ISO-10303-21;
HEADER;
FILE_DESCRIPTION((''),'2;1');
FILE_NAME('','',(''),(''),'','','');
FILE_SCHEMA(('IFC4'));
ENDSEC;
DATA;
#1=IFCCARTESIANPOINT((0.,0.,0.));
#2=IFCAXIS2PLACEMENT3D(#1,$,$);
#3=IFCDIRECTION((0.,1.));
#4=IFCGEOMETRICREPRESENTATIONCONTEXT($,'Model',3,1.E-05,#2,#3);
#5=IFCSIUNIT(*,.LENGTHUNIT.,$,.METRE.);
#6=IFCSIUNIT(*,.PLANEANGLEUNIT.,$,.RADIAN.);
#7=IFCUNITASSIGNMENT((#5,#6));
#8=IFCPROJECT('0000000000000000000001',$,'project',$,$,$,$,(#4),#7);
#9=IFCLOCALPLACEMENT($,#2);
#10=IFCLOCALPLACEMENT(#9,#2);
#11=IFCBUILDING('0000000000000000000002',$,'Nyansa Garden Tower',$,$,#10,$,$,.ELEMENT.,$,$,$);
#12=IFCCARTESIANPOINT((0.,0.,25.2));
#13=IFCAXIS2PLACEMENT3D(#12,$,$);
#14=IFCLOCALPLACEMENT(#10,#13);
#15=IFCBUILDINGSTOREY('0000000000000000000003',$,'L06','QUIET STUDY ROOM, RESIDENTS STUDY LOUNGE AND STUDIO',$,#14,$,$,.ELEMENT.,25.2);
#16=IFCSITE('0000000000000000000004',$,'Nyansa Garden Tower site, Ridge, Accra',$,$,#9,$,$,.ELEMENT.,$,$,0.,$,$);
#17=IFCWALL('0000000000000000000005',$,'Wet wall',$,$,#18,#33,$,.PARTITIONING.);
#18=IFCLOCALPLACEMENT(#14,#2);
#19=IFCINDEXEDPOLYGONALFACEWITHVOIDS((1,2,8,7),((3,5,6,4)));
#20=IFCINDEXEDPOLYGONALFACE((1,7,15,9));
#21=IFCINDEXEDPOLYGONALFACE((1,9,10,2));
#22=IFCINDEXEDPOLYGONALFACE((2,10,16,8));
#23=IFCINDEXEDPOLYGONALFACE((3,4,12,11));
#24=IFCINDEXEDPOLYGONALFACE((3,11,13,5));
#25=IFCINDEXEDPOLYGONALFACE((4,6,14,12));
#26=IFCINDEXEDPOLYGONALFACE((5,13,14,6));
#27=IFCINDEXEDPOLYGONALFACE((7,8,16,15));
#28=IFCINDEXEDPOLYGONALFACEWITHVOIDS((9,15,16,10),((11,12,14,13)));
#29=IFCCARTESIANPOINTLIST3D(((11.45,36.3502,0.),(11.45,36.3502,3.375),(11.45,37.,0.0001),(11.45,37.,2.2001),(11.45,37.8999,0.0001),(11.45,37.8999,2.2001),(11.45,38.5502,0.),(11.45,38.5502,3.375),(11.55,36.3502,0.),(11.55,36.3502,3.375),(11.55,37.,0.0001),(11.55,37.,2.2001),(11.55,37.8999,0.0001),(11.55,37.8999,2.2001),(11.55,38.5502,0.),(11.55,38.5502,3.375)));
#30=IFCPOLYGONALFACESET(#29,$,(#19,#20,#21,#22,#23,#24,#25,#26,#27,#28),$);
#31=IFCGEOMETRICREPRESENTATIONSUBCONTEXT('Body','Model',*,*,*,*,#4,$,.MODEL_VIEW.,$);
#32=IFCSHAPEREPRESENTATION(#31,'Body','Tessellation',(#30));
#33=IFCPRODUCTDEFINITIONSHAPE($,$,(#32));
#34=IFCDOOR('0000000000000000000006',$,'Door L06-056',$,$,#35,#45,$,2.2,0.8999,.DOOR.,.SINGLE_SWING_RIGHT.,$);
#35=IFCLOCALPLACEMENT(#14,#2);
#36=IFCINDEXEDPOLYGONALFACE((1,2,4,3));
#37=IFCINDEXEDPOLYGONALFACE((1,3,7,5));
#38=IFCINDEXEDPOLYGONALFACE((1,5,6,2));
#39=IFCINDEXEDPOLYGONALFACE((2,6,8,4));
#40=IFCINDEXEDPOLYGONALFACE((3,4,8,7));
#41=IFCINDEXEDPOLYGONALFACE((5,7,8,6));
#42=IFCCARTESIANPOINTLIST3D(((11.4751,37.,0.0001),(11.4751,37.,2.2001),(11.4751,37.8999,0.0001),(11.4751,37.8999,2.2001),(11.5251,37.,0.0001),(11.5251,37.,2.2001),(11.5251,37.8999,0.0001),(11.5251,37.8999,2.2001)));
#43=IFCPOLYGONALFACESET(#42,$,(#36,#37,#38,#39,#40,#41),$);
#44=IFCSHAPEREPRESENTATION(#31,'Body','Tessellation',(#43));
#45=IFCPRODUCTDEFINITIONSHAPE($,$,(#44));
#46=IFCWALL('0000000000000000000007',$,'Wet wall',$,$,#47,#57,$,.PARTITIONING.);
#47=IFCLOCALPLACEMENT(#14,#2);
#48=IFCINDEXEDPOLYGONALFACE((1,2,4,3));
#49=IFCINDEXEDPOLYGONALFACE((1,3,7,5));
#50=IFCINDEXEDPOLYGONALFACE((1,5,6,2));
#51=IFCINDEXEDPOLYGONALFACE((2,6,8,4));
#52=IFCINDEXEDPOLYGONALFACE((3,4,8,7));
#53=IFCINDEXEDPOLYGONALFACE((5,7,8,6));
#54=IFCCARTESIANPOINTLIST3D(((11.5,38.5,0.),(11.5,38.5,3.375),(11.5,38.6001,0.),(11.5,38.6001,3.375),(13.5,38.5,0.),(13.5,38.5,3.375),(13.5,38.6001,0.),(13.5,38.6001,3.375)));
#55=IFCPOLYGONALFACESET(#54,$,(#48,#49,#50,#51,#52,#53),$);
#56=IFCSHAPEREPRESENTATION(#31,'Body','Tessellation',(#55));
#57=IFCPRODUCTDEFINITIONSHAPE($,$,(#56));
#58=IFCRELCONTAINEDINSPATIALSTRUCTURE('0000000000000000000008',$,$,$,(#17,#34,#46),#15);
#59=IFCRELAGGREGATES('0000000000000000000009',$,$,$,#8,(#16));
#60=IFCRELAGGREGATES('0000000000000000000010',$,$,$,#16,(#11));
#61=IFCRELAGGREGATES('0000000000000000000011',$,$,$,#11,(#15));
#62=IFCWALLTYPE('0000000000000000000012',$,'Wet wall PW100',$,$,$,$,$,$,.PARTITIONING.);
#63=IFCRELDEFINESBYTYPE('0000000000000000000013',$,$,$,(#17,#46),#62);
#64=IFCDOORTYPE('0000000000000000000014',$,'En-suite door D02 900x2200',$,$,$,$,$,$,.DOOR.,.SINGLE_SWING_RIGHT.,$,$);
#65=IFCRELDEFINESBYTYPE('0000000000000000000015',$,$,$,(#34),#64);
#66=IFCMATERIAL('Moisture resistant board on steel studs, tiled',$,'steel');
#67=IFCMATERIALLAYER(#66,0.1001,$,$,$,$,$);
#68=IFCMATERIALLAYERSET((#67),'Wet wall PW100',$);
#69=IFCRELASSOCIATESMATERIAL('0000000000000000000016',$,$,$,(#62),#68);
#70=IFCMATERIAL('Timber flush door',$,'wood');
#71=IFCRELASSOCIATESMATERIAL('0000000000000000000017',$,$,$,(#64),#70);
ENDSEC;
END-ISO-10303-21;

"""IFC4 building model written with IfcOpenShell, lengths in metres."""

from ifc_helpers import new_model, si_unit, direction, frame, frame_2d, origin, place, context, subcontext, project, spatial, rectangle, extrude, material, layer, layer_set, type_object, element, fill, save


model = new_model("IFC4")

# Units and contexts
model_context = context("Model", 3, precision=1e-05, world=origin(), true_north=direction((0.0, 1.0)))
body_context = subcontext(model_context, "Body", "Model", "MODEL_VIEW")
ifc_project = project(units=[si_unit("LENGTHUNIT", "METRE"), si_unit("PLANEANGLEUNIT", "RADIAN")], contexts=[model_context])

# Site, building, storey
site_placement = place(None, origin())
site = spatial("IfcSite", under=ifc_project, at=site_placement, Name="Nyansa Garden Tower site, Ridge, Accra", CompositionType="ELEMENT", RefElevation=0.0)
building_placement = place(site_placement, origin())
building = spatial("IfcBuilding", under=site, at=building_placement, Name="Nyansa Garden Tower", CompositionType="ELEMENT")
storey_placement = place(building_placement, frame((0.0, 0.0, 25.2)))
storey = spatial("IfcBuildingStorey", under=building, at=storey_placement, Name="L06", Description="QUIET STUDY ROOM, RESIDENTS STUDY LOUNGE AND STUDIO", CompositionType="ELEMENT", Elevation=25.2)

# Shared definitions
ifc_material_1 = material(Name="Moisture resistant board on steel studs, tiled", Category="steel")
ifc_layer_1 = layer(ifc_material_1, 0.1001)
ifc_layer_set_1 = layer_set([ifc_layer_1], Name="Wet wall PW100")
wall_type_1 = type_object("IfcWallType", Name="Wet wall PW100", PredefinedType="PARTITIONING", material=ifc_layer_set_1)

# Wall, opening, door
wall_1_placement = place(storey_placement, frame((11.5, 36.3501, 0.0), z_axis=(0.0, 0.0, 1.0), x_axis=(0.0, 1.0, 0.0)))
wall_1 = element("IfcWall", 1, at=wall_1_placement, inside=storey, type_object=wall_type_1, Name="Wet wall", PredefinedType="PARTITIONING", context=body_context, shape_type="SweptSolid", body=[
    extrude(rectangle(XDim=2.2, YDim=0.1001, at=frame_2d((1.1001, 0.0))), origin(), (0.0, 0.0, 1.0), 3.375),
])
opening_1_placement = place(wall_1_placement, frame((0.6499, 0.0, 0.0)))
opening_1 = element("IfcOpeningElement", 2, at=opening_1_placement, cuts=wall_1, PredefinedType="OPENING", context=body_context, shape_type="SweptSolid", body=[
    extrude(rectangle(XDim=0.8999, YDim=2.2, at=frame_2d((0.45, 1.1001))), frame((0.0, 0.0601, 0.0), z_axis=(0.0, -1.0, 0.0), x_axis=(1.0, 0.0, 0.0)), (0.0, 0.0, 1.0), 0.1201),
])
ifc_material_2 = material(Name="Timber flush door", Category="wood")
door_type_1 = type_object("IfcDoorType", Name="En-suite door D02 900x2200", OperationType="SINGLE_SWING_RIGHT", PredefinedType="DOOR", material=ifc_material_2)
door_1_placement = place(opening_1_placement, origin())
door_1 = element("IfcDoor", 3, at=door_1_placement, inside=storey, type_object=door_type_1, Name="Door L06-056", OperationType="SINGLE_SWING_RIGHT", OverallHeight=2.2, OverallWidth=0.8999, PredefinedType="DOOR", context=body_context, shape_type="SweptSolid", body=[
    extrude(rectangle(XDim=0.8999, YDim=2.2, at=frame_2d((0.45, 1.1001))), frame((0.0, 0.0249, 0.0), z_axis=(0.0, -1.0, 0.0), x_axis=(1.0, 0.0, 0.0)), (0.0, 0.0, 1.0), 0.05),
])
fill(opening_1, door_1)

# Wall
wall_2_placement = place(storey_placement, frame((11.5, 38.55, 0.0), z_axis=(0.0, 0.0, 1.0), x_axis=(1.0, 0.0, 0.0)))
element("IfcWall", 4, at=wall_2_placement, inside=storey, type_object=wall_type_1, Name="Wet wall", PredefinedType="PARTITIONING", context=body_context, shape_type="SweptSolid", body=[
    extrude(rectangle(XDim=2.0, YDim=0.1001, at=frame_2d((1.0, 0.0))), origin(), (0.0, 0.0, 1.0), 3.375),
])

save(model, "model.ifc")
